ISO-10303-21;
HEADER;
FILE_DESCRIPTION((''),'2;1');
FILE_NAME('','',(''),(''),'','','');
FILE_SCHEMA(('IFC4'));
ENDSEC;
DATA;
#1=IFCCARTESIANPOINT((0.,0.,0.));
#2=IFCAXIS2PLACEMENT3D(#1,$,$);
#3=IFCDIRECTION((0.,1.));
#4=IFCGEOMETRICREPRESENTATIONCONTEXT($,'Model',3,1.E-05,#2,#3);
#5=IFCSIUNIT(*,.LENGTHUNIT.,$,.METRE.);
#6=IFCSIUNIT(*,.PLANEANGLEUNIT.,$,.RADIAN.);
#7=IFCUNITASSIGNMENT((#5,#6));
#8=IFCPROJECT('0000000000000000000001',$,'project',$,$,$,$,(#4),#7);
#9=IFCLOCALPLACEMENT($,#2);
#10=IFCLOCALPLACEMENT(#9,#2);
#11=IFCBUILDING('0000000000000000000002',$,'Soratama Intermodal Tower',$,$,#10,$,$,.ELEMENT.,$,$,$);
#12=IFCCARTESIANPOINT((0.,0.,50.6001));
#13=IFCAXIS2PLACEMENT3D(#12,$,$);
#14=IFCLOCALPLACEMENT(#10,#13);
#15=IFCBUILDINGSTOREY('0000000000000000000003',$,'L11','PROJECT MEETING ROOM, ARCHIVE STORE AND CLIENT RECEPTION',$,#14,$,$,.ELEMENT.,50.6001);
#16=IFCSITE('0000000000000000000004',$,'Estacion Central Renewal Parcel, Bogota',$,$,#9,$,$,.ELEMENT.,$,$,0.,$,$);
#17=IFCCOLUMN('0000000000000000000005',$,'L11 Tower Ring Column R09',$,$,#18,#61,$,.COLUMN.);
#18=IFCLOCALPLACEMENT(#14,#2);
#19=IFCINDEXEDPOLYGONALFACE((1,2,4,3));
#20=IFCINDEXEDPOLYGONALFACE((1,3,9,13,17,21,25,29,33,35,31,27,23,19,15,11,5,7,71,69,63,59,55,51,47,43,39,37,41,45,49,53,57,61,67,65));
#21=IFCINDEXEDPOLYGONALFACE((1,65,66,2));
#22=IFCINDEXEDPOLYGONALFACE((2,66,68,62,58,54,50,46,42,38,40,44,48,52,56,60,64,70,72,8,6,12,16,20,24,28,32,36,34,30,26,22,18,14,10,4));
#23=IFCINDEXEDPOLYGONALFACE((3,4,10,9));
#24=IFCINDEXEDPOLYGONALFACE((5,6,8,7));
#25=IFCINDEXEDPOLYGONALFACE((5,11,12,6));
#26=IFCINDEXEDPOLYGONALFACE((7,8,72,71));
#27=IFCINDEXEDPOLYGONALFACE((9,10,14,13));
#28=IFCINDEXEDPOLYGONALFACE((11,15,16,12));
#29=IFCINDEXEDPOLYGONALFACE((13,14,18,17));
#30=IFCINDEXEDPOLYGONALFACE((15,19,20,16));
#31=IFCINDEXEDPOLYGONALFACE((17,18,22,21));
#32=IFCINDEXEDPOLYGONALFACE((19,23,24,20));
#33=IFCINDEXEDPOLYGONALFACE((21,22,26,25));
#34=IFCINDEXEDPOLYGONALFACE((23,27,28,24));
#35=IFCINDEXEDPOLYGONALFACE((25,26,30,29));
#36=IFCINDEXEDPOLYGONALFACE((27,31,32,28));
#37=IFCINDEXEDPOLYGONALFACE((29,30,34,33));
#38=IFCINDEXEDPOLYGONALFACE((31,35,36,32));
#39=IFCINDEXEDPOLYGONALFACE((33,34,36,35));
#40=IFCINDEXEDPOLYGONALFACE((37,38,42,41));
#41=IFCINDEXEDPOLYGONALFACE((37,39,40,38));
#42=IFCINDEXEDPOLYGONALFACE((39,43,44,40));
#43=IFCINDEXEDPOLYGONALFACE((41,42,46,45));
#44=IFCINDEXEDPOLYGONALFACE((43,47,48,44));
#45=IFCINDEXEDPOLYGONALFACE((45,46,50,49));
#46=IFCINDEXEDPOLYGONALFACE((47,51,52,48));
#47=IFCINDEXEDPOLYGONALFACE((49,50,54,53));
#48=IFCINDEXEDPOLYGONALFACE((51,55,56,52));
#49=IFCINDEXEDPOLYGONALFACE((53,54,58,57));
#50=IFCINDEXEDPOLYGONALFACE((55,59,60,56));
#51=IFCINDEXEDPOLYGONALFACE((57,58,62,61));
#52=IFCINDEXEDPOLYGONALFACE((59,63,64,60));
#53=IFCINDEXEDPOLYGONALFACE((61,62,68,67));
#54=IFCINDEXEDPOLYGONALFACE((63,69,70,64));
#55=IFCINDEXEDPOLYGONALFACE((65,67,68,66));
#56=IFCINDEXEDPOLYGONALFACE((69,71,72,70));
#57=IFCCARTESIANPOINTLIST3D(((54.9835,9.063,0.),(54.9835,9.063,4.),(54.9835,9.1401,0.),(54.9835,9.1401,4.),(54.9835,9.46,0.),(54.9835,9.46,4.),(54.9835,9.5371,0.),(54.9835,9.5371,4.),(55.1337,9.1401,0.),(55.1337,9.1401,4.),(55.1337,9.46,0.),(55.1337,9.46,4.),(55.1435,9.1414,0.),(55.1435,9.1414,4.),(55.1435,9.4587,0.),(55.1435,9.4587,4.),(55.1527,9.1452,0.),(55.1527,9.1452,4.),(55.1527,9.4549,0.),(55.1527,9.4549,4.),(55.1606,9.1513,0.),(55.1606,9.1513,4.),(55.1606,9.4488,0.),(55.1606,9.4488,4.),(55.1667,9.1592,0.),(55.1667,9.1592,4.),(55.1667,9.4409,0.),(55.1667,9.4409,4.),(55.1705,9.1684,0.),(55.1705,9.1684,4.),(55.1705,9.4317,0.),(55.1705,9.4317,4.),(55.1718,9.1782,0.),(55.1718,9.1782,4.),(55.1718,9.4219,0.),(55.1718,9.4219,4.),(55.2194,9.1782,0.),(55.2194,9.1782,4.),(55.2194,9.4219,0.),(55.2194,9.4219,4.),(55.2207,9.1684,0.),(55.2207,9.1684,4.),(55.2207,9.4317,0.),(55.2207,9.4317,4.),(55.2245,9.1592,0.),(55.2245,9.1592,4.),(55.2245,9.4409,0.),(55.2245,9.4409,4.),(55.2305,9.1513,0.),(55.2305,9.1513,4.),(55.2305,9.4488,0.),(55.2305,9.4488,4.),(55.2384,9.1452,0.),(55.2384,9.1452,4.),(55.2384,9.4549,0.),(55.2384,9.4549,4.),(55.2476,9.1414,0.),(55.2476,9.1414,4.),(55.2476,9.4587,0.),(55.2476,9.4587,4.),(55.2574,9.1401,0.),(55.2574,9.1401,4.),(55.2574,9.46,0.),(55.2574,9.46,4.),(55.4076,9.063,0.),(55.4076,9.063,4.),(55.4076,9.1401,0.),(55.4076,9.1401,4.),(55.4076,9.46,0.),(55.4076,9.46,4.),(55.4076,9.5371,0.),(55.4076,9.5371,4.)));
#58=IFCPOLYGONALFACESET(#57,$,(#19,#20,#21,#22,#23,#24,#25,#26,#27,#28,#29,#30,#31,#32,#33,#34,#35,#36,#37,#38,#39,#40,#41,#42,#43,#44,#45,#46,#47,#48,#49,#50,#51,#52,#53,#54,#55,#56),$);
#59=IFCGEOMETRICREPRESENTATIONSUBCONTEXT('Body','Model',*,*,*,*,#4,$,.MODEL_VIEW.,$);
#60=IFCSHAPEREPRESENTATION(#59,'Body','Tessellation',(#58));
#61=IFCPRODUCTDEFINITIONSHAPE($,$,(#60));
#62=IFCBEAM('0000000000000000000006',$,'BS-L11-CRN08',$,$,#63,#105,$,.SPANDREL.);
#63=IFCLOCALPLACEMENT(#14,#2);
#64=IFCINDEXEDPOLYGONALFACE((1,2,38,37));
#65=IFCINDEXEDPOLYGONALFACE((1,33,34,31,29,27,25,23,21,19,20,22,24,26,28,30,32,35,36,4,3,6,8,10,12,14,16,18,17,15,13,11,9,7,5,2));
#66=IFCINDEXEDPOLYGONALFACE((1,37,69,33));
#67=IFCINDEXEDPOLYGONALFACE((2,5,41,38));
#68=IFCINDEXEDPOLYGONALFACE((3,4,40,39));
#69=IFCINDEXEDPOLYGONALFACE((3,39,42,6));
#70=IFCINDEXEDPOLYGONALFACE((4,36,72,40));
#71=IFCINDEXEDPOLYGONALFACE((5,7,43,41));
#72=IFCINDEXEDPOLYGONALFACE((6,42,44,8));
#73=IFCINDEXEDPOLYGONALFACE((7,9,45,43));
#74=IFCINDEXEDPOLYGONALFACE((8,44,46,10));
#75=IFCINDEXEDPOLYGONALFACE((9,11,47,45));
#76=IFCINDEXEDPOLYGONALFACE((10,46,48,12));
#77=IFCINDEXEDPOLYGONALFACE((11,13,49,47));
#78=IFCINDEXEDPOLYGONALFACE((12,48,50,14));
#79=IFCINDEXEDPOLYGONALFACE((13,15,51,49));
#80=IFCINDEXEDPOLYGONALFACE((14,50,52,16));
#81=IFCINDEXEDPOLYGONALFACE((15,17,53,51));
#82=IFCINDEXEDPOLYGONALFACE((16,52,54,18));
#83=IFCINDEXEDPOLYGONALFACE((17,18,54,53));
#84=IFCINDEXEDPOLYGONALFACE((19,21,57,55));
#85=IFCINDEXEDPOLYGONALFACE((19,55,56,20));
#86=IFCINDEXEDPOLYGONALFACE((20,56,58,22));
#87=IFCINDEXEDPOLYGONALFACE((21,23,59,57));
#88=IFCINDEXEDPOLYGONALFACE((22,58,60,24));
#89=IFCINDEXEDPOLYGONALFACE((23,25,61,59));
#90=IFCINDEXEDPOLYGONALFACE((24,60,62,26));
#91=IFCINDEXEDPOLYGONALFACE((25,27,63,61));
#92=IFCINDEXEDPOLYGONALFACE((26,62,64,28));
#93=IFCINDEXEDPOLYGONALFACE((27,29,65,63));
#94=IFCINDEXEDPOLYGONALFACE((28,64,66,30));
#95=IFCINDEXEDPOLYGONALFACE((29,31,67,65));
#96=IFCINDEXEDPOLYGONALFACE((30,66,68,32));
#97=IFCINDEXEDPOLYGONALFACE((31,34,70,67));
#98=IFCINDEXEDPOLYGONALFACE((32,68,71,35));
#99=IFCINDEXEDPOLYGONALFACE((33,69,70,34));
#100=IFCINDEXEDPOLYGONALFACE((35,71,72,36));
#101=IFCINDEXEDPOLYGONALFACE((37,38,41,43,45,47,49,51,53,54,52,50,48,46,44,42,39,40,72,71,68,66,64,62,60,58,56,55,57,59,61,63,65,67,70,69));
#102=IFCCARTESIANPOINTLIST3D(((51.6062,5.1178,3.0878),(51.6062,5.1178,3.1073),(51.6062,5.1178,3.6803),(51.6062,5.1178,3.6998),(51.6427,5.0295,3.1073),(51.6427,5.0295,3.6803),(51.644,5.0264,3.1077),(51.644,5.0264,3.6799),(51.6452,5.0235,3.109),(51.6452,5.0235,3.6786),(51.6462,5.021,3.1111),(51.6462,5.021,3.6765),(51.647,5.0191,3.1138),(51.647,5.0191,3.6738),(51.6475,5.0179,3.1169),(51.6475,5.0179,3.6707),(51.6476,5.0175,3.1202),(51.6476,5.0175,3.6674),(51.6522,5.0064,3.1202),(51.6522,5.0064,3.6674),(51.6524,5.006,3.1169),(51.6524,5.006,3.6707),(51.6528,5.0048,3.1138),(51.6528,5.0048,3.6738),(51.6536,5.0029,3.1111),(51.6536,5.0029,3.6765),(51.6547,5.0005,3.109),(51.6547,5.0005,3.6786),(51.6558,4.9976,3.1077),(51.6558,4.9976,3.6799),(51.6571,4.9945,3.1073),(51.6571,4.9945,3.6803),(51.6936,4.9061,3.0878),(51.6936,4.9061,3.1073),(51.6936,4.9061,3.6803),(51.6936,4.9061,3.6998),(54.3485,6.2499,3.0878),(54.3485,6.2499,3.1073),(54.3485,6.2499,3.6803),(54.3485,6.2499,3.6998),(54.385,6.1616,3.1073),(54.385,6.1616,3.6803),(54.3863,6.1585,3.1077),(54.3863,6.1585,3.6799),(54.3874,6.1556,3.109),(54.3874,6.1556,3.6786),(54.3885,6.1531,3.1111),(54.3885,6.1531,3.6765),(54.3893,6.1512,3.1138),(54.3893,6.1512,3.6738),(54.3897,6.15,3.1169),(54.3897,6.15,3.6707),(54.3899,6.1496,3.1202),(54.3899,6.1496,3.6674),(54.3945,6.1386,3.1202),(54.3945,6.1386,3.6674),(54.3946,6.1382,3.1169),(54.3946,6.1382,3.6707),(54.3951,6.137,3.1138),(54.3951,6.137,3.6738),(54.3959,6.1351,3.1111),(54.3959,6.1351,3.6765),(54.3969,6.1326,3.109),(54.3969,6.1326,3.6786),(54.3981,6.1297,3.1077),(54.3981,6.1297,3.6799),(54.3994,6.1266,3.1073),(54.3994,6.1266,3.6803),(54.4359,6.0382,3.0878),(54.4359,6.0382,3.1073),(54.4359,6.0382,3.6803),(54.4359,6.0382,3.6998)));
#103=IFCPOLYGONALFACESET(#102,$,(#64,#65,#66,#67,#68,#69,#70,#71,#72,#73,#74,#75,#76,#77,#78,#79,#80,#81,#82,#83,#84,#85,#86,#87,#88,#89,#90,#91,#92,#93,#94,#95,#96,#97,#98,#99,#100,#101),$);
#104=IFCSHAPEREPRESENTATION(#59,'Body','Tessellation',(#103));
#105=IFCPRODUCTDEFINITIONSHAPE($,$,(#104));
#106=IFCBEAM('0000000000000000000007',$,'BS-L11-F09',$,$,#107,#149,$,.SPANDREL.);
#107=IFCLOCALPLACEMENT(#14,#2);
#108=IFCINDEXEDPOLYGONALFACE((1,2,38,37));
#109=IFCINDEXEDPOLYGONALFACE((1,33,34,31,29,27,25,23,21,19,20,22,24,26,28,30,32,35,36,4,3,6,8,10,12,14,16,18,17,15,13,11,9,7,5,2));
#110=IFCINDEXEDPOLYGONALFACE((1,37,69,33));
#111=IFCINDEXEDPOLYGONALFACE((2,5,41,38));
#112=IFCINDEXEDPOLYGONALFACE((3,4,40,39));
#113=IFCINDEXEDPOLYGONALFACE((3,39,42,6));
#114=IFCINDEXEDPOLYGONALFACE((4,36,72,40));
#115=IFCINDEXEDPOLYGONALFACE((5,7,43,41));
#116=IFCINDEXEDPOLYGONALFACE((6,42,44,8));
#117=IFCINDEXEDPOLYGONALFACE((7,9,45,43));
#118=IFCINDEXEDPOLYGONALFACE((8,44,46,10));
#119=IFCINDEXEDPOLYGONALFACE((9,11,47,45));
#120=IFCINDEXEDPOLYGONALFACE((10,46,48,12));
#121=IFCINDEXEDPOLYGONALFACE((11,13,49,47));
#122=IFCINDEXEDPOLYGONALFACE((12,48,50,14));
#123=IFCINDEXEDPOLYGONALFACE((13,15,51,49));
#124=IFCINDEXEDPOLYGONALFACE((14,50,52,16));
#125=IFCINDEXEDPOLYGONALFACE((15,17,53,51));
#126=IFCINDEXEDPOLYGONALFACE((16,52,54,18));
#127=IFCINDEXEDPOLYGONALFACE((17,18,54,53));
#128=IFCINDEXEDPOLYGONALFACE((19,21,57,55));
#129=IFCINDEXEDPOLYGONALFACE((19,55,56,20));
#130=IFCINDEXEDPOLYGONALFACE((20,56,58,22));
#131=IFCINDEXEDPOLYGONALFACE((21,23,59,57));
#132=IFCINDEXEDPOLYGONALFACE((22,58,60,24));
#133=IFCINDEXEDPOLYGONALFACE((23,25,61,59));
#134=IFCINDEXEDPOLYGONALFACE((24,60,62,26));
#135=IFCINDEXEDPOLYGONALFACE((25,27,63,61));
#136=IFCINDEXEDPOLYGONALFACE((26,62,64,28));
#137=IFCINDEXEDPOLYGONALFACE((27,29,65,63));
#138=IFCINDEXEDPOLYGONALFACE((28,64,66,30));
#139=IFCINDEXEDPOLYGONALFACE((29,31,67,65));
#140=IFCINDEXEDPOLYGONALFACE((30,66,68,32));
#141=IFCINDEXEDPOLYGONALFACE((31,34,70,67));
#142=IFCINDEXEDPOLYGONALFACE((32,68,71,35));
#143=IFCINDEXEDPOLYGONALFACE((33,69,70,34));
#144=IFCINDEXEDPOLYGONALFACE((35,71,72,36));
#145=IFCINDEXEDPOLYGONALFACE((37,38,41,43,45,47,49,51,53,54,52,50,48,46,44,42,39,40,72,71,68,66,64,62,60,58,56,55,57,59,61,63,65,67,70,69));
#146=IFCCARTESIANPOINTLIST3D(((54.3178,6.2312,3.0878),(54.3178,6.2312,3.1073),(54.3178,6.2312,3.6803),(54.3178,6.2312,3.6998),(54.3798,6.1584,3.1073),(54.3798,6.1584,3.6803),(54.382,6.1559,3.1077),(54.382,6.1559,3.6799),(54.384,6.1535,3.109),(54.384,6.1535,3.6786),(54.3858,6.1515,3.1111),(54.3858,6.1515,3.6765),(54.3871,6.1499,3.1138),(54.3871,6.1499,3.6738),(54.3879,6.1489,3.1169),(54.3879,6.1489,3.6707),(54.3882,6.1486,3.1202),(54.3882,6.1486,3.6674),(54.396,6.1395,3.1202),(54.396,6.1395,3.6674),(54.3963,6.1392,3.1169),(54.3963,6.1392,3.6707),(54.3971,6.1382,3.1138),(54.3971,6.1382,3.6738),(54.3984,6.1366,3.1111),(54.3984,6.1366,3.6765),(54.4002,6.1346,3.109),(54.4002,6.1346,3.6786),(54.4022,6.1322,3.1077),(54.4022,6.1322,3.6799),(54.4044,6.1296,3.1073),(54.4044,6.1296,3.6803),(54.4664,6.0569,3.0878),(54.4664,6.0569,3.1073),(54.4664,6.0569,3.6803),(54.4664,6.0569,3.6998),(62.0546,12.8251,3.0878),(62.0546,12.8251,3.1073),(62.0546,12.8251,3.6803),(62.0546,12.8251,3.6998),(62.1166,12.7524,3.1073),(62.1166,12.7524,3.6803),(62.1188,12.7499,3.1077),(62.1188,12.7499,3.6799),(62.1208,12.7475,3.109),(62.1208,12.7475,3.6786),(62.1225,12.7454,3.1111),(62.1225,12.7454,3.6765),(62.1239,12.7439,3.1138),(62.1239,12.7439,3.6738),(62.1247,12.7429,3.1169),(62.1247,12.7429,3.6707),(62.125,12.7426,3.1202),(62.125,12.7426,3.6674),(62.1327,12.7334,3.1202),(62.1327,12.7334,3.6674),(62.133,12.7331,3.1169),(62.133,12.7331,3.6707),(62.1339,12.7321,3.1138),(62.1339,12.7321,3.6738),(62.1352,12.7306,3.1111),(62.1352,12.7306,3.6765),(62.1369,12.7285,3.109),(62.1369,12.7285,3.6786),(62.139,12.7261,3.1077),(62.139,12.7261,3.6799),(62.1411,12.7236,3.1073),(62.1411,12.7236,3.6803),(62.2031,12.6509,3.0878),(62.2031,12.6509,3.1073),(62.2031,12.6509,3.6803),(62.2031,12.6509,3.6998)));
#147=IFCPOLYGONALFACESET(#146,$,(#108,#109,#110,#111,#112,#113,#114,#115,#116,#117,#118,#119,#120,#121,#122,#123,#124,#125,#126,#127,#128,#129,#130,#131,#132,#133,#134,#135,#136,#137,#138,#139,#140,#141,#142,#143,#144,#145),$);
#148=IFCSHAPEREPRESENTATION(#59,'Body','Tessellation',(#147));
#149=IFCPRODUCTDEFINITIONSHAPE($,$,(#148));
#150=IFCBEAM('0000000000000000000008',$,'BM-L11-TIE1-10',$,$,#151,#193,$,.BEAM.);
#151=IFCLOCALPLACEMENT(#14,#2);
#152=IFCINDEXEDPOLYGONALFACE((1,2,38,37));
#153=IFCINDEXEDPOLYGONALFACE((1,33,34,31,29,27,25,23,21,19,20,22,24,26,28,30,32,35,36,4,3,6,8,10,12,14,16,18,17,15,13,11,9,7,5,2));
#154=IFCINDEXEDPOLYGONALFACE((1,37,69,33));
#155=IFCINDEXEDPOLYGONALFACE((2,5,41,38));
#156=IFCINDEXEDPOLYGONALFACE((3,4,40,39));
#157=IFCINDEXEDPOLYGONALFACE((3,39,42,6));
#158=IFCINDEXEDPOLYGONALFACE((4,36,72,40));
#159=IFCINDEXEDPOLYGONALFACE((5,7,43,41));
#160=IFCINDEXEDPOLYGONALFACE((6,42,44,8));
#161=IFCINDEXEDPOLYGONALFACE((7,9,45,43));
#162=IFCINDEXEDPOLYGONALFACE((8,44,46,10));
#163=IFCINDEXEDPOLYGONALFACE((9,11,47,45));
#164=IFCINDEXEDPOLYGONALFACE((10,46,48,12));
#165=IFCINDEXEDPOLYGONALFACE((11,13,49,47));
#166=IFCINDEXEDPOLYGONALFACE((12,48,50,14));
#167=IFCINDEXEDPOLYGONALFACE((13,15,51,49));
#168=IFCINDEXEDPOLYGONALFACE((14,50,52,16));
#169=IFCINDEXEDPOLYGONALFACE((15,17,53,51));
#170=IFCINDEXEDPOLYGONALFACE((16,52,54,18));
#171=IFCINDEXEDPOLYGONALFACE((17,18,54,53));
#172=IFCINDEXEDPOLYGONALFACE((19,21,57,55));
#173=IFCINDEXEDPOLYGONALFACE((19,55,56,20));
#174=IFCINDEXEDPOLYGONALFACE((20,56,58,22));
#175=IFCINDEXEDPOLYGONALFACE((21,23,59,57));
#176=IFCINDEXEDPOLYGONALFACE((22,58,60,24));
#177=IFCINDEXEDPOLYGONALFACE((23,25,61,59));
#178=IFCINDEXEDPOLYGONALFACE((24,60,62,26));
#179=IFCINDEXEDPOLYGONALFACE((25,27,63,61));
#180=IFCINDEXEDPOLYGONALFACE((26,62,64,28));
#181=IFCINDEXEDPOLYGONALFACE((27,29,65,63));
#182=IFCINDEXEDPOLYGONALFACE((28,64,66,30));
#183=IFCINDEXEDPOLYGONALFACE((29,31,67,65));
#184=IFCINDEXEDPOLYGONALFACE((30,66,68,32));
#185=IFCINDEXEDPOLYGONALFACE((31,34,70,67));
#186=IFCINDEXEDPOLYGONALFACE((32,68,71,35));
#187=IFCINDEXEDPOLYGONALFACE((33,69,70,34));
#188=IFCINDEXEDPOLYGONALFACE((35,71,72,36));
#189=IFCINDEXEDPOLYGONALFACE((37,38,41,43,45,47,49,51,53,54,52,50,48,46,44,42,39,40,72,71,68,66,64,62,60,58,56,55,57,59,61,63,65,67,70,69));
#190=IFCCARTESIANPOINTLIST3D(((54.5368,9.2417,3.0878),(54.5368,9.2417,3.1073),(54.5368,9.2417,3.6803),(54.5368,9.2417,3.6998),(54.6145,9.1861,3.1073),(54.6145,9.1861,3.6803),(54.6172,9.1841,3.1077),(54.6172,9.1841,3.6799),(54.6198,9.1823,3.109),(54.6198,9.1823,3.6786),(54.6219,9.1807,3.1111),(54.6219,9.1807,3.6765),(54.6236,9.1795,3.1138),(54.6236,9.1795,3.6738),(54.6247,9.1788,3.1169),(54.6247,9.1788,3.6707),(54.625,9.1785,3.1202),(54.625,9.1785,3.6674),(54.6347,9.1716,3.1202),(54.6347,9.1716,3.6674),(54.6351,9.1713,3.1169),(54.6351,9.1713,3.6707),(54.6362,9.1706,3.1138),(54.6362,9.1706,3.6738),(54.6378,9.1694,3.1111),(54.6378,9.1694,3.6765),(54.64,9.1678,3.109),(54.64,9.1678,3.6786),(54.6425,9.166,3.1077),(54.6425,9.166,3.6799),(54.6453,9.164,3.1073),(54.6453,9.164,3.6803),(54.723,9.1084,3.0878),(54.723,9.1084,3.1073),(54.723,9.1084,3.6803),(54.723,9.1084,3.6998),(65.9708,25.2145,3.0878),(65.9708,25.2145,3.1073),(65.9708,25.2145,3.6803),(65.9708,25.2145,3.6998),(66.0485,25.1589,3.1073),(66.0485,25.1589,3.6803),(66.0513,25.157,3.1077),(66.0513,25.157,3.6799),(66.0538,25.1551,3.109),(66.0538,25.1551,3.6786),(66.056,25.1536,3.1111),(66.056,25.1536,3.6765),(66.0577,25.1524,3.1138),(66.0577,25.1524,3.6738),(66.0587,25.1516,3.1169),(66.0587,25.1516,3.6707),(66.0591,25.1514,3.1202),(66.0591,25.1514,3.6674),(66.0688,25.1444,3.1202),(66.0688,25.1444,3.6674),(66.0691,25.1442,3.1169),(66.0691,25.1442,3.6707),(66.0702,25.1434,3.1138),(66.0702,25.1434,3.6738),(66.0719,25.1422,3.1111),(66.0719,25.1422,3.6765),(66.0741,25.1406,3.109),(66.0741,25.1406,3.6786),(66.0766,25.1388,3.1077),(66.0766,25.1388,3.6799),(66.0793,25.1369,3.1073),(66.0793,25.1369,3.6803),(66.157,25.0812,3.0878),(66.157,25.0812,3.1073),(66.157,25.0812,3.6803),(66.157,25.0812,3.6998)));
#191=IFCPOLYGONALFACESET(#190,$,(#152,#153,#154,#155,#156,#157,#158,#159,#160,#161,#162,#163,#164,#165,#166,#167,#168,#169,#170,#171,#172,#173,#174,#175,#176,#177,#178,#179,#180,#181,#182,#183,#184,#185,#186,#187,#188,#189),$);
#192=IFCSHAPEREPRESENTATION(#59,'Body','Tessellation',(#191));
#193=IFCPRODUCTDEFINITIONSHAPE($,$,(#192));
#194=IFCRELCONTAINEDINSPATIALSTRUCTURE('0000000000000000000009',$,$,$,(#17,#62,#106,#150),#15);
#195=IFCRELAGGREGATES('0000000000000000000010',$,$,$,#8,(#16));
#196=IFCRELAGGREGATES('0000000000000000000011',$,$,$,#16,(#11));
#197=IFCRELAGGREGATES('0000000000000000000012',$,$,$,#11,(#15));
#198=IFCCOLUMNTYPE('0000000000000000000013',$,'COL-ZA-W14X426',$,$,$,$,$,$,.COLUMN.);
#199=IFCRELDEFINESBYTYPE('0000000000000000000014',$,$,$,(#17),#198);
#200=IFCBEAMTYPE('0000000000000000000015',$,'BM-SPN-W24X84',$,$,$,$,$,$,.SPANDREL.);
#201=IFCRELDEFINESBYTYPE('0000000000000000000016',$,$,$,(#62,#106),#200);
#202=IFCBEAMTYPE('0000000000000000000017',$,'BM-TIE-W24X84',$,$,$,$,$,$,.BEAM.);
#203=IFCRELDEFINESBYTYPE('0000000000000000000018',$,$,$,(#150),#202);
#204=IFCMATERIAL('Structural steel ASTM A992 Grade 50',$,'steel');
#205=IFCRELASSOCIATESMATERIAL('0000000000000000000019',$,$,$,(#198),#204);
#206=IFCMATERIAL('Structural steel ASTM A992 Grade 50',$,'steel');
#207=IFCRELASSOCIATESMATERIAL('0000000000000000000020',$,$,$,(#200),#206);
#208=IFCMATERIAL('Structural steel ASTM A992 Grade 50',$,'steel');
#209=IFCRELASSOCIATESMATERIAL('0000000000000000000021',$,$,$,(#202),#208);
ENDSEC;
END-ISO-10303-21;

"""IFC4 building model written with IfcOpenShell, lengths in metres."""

from ifc_helpers import new_model, si_unit, direction, frame, origin, origin_2d, place, context, subcontext, project, spatial, i_section, extrude, material, material_profile, profile_set, type_object, element, save


model = new_model("IFC4")

# Units and contexts
model_context = context("Model", 3, precision=1e-05, world=origin(), true_north=direction((0.0, 1.0)))
body_context = subcontext(model_context, "Body", "Model", "MODEL_VIEW")
ifc_project = project(units=[si_unit("LENGTHUNIT", "METRE"), si_unit("PLANEANGLEUNIT", "RADIAN")], contexts=[model_context])

# Site, building, storey
site_placement = place(None, origin())
site = spatial("IfcSite", under=ifc_project, at=site_placement, Name="Estacion Central Renewal Parcel, Bogota", CompositionType="ELEMENT", RefElevation=0.0)
building_placement = place(site_placement, origin())
building = spatial("IfcBuilding", under=site, at=building_placement, Name="Soratama Intermodal Tower", CompositionType="ELEMENT")
storey_placement = place(building_placement, frame((0.0, 0.0, 50.6001)))
storey = spatial("IfcBuildingStorey", under=building, at=storey_placement, Name="L11", Description="PROJECT MEETING ROOM, ARCHIVE STORE AND CLIENT RECEPTION", CompositionType="ELEMENT", Elevation=50.6001)

# Column
ifc_material_1 = material(Name="Structural steel ASTM A992 Grade 50", Category="steel")
ifc_material_profile_1 = material_profile(ifc_material_1, i_section(OverallWidth=0.4241, OverallDepth=0.4741, WebThickness=0.0476, FlangeThickness=0.0771, FilletRadius=0.0381, at=origin_2d()), Name="W14X426")
ifc_profile_set_1 = profile_set([ifc_material_profile_1], Name="Structural steel ASTM A992 Grade 50")
column_type = type_object("IfcColumnType", Name="COL-ZA-W14X426", PredefinedType="COLUMN", material=ifc_profile_set_1)
column_placement = place(storey_placement, frame((55.1956, 9.3, 0.0), z_axis=(0.0, 0.0, 1.0), x_axis=(1.0, 0.0, 0.0)))
element("IfcColumn", 1, at=column_placement, inside=storey, type_object=column_type, Name="L11 Tower Ring Column R09", PredefinedType="COLUMN", context=body_context, shape_type="SweptSolid", body=[
    extrude(i_section(OverallWidth=0.4241, OverallDepth=0.4741, WebThickness=0.0476, FlangeThickness=0.0771, FilletRadius=0.0381, at=origin_2d()), origin(), (0.0, 0.0, 1.0), 4.0),
])

# Beams
ifc_material_2 = material(Name="Structural steel ASTM A992 Grade 50", Category="steel")
ifc_material_profile_2 = material_profile(ifc_material_2, i_section(OverallWidth=0.229, OverallDepth=0.6121, WebThickness=0.012, FlangeThickness=0.0195, FilletRadius=0.0129, at=origin_2d()), Name="W24X84")
ifc_profile_set_2 = profile_set([ifc_material_profile_2], Name="Structural steel ASTM A992 Grade 50")
beam_type_1 = type_object("IfcBeamType", Name="BM-SPN-W24X84", PredefinedType="SPANDREL", material=ifc_profile_set_2)
beam_1_placement = place(storey_placement, frame((51.6499, 5.012, 3.3938), z_axis=(0.924328, 0.381598, 0.0), x_axis=(-0.381598, 0.924328, 0.0)))
element("IfcBeam", 2, at=beam_1_placement, inside=storey, type_object=beam_type_1, Name="BS-L11-CRN08", PredefinedType="SPANDREL", context=body_context, shape_type="SweptSolid", body=[
    extrude(i_section(OverallWidth=0.229, OverallDepth=0.6121, WebThickness=0.012, FlangeThickness=0.0195, FilletRadius=0.0129, at=origin_2d()), origin(), (0.0, 0.0, 1.0), 2.9668),
])
beam_2_placement = place(storey_placement, frame((54.3921, 6.144, 3.3938), z_axis=(0.761079, 0.648659, 0.0), x_axis=(-0.648659, 0.761079, 0.0)))
element("IfcBeam", 3, at=beam_2_placement, inside=storey, type_object=beam_type_1, Name="BS-L11-F09", PredefinedType="SPANDREL", context=body_context, shape_type="SweptSolid", body=[
    extrude(i_section(OverallWidth=0.229, OverallDepth=0.6121, WebThickness=0.012, FlangeThickness=0.0195, FilletRadius=0.0129, at=origin_2d()), origin(), (0.0, 0.0, 1.0), 10.1655),
])
ifc_material_3 = material(Name="Structural steel ASTM A992 Grade 50", Category="steel")
ifc_material_profile_3 = material_profile(ifc_material_3, i_section(OverallWidth=0.229, OverallDepth=0.6121, WebThickness=0.012, FlangeThickness=0.0195, FilletRadius=0.0129, at=origin_2d()), Name="W24X84")
ifc_profile_set_3 = profile_set([ifc_material_profile_3], Name="Structural steel ASTM A992 Grade 50")
beam_type_2 = type_object("IfcBeamType", Name="BM-TIE-W24X84", PredefinedType="BEAM", material=ifc_profile_set_3)
beam_3_placement = place(storey_placement, frame((54.6299, 9.175, 3.3938), z_axis=(0.582076, 0.813134, 0.0), x_axis=(-0.813134, 0.582076, 0.0)))
element("IfcBeam", 4, at=beam_3_placement, inside=storey, type_object=beam_type_2, Name="BM-L11-TIE1-10", PredefinedType="BEAM", context=body_context, shape_type="SweptSolid", body=[
    extrude(i_section(OverallWidth=0.229, OverallDepth=0.6121, WebThickness=0.012, FlangeThickness=0.0195, FilletRadius=0.0129, at=origin_2d()), origin(), (0.0, 0.0, 1.0), 19.6436),
])

save(model, "model.ifc")
